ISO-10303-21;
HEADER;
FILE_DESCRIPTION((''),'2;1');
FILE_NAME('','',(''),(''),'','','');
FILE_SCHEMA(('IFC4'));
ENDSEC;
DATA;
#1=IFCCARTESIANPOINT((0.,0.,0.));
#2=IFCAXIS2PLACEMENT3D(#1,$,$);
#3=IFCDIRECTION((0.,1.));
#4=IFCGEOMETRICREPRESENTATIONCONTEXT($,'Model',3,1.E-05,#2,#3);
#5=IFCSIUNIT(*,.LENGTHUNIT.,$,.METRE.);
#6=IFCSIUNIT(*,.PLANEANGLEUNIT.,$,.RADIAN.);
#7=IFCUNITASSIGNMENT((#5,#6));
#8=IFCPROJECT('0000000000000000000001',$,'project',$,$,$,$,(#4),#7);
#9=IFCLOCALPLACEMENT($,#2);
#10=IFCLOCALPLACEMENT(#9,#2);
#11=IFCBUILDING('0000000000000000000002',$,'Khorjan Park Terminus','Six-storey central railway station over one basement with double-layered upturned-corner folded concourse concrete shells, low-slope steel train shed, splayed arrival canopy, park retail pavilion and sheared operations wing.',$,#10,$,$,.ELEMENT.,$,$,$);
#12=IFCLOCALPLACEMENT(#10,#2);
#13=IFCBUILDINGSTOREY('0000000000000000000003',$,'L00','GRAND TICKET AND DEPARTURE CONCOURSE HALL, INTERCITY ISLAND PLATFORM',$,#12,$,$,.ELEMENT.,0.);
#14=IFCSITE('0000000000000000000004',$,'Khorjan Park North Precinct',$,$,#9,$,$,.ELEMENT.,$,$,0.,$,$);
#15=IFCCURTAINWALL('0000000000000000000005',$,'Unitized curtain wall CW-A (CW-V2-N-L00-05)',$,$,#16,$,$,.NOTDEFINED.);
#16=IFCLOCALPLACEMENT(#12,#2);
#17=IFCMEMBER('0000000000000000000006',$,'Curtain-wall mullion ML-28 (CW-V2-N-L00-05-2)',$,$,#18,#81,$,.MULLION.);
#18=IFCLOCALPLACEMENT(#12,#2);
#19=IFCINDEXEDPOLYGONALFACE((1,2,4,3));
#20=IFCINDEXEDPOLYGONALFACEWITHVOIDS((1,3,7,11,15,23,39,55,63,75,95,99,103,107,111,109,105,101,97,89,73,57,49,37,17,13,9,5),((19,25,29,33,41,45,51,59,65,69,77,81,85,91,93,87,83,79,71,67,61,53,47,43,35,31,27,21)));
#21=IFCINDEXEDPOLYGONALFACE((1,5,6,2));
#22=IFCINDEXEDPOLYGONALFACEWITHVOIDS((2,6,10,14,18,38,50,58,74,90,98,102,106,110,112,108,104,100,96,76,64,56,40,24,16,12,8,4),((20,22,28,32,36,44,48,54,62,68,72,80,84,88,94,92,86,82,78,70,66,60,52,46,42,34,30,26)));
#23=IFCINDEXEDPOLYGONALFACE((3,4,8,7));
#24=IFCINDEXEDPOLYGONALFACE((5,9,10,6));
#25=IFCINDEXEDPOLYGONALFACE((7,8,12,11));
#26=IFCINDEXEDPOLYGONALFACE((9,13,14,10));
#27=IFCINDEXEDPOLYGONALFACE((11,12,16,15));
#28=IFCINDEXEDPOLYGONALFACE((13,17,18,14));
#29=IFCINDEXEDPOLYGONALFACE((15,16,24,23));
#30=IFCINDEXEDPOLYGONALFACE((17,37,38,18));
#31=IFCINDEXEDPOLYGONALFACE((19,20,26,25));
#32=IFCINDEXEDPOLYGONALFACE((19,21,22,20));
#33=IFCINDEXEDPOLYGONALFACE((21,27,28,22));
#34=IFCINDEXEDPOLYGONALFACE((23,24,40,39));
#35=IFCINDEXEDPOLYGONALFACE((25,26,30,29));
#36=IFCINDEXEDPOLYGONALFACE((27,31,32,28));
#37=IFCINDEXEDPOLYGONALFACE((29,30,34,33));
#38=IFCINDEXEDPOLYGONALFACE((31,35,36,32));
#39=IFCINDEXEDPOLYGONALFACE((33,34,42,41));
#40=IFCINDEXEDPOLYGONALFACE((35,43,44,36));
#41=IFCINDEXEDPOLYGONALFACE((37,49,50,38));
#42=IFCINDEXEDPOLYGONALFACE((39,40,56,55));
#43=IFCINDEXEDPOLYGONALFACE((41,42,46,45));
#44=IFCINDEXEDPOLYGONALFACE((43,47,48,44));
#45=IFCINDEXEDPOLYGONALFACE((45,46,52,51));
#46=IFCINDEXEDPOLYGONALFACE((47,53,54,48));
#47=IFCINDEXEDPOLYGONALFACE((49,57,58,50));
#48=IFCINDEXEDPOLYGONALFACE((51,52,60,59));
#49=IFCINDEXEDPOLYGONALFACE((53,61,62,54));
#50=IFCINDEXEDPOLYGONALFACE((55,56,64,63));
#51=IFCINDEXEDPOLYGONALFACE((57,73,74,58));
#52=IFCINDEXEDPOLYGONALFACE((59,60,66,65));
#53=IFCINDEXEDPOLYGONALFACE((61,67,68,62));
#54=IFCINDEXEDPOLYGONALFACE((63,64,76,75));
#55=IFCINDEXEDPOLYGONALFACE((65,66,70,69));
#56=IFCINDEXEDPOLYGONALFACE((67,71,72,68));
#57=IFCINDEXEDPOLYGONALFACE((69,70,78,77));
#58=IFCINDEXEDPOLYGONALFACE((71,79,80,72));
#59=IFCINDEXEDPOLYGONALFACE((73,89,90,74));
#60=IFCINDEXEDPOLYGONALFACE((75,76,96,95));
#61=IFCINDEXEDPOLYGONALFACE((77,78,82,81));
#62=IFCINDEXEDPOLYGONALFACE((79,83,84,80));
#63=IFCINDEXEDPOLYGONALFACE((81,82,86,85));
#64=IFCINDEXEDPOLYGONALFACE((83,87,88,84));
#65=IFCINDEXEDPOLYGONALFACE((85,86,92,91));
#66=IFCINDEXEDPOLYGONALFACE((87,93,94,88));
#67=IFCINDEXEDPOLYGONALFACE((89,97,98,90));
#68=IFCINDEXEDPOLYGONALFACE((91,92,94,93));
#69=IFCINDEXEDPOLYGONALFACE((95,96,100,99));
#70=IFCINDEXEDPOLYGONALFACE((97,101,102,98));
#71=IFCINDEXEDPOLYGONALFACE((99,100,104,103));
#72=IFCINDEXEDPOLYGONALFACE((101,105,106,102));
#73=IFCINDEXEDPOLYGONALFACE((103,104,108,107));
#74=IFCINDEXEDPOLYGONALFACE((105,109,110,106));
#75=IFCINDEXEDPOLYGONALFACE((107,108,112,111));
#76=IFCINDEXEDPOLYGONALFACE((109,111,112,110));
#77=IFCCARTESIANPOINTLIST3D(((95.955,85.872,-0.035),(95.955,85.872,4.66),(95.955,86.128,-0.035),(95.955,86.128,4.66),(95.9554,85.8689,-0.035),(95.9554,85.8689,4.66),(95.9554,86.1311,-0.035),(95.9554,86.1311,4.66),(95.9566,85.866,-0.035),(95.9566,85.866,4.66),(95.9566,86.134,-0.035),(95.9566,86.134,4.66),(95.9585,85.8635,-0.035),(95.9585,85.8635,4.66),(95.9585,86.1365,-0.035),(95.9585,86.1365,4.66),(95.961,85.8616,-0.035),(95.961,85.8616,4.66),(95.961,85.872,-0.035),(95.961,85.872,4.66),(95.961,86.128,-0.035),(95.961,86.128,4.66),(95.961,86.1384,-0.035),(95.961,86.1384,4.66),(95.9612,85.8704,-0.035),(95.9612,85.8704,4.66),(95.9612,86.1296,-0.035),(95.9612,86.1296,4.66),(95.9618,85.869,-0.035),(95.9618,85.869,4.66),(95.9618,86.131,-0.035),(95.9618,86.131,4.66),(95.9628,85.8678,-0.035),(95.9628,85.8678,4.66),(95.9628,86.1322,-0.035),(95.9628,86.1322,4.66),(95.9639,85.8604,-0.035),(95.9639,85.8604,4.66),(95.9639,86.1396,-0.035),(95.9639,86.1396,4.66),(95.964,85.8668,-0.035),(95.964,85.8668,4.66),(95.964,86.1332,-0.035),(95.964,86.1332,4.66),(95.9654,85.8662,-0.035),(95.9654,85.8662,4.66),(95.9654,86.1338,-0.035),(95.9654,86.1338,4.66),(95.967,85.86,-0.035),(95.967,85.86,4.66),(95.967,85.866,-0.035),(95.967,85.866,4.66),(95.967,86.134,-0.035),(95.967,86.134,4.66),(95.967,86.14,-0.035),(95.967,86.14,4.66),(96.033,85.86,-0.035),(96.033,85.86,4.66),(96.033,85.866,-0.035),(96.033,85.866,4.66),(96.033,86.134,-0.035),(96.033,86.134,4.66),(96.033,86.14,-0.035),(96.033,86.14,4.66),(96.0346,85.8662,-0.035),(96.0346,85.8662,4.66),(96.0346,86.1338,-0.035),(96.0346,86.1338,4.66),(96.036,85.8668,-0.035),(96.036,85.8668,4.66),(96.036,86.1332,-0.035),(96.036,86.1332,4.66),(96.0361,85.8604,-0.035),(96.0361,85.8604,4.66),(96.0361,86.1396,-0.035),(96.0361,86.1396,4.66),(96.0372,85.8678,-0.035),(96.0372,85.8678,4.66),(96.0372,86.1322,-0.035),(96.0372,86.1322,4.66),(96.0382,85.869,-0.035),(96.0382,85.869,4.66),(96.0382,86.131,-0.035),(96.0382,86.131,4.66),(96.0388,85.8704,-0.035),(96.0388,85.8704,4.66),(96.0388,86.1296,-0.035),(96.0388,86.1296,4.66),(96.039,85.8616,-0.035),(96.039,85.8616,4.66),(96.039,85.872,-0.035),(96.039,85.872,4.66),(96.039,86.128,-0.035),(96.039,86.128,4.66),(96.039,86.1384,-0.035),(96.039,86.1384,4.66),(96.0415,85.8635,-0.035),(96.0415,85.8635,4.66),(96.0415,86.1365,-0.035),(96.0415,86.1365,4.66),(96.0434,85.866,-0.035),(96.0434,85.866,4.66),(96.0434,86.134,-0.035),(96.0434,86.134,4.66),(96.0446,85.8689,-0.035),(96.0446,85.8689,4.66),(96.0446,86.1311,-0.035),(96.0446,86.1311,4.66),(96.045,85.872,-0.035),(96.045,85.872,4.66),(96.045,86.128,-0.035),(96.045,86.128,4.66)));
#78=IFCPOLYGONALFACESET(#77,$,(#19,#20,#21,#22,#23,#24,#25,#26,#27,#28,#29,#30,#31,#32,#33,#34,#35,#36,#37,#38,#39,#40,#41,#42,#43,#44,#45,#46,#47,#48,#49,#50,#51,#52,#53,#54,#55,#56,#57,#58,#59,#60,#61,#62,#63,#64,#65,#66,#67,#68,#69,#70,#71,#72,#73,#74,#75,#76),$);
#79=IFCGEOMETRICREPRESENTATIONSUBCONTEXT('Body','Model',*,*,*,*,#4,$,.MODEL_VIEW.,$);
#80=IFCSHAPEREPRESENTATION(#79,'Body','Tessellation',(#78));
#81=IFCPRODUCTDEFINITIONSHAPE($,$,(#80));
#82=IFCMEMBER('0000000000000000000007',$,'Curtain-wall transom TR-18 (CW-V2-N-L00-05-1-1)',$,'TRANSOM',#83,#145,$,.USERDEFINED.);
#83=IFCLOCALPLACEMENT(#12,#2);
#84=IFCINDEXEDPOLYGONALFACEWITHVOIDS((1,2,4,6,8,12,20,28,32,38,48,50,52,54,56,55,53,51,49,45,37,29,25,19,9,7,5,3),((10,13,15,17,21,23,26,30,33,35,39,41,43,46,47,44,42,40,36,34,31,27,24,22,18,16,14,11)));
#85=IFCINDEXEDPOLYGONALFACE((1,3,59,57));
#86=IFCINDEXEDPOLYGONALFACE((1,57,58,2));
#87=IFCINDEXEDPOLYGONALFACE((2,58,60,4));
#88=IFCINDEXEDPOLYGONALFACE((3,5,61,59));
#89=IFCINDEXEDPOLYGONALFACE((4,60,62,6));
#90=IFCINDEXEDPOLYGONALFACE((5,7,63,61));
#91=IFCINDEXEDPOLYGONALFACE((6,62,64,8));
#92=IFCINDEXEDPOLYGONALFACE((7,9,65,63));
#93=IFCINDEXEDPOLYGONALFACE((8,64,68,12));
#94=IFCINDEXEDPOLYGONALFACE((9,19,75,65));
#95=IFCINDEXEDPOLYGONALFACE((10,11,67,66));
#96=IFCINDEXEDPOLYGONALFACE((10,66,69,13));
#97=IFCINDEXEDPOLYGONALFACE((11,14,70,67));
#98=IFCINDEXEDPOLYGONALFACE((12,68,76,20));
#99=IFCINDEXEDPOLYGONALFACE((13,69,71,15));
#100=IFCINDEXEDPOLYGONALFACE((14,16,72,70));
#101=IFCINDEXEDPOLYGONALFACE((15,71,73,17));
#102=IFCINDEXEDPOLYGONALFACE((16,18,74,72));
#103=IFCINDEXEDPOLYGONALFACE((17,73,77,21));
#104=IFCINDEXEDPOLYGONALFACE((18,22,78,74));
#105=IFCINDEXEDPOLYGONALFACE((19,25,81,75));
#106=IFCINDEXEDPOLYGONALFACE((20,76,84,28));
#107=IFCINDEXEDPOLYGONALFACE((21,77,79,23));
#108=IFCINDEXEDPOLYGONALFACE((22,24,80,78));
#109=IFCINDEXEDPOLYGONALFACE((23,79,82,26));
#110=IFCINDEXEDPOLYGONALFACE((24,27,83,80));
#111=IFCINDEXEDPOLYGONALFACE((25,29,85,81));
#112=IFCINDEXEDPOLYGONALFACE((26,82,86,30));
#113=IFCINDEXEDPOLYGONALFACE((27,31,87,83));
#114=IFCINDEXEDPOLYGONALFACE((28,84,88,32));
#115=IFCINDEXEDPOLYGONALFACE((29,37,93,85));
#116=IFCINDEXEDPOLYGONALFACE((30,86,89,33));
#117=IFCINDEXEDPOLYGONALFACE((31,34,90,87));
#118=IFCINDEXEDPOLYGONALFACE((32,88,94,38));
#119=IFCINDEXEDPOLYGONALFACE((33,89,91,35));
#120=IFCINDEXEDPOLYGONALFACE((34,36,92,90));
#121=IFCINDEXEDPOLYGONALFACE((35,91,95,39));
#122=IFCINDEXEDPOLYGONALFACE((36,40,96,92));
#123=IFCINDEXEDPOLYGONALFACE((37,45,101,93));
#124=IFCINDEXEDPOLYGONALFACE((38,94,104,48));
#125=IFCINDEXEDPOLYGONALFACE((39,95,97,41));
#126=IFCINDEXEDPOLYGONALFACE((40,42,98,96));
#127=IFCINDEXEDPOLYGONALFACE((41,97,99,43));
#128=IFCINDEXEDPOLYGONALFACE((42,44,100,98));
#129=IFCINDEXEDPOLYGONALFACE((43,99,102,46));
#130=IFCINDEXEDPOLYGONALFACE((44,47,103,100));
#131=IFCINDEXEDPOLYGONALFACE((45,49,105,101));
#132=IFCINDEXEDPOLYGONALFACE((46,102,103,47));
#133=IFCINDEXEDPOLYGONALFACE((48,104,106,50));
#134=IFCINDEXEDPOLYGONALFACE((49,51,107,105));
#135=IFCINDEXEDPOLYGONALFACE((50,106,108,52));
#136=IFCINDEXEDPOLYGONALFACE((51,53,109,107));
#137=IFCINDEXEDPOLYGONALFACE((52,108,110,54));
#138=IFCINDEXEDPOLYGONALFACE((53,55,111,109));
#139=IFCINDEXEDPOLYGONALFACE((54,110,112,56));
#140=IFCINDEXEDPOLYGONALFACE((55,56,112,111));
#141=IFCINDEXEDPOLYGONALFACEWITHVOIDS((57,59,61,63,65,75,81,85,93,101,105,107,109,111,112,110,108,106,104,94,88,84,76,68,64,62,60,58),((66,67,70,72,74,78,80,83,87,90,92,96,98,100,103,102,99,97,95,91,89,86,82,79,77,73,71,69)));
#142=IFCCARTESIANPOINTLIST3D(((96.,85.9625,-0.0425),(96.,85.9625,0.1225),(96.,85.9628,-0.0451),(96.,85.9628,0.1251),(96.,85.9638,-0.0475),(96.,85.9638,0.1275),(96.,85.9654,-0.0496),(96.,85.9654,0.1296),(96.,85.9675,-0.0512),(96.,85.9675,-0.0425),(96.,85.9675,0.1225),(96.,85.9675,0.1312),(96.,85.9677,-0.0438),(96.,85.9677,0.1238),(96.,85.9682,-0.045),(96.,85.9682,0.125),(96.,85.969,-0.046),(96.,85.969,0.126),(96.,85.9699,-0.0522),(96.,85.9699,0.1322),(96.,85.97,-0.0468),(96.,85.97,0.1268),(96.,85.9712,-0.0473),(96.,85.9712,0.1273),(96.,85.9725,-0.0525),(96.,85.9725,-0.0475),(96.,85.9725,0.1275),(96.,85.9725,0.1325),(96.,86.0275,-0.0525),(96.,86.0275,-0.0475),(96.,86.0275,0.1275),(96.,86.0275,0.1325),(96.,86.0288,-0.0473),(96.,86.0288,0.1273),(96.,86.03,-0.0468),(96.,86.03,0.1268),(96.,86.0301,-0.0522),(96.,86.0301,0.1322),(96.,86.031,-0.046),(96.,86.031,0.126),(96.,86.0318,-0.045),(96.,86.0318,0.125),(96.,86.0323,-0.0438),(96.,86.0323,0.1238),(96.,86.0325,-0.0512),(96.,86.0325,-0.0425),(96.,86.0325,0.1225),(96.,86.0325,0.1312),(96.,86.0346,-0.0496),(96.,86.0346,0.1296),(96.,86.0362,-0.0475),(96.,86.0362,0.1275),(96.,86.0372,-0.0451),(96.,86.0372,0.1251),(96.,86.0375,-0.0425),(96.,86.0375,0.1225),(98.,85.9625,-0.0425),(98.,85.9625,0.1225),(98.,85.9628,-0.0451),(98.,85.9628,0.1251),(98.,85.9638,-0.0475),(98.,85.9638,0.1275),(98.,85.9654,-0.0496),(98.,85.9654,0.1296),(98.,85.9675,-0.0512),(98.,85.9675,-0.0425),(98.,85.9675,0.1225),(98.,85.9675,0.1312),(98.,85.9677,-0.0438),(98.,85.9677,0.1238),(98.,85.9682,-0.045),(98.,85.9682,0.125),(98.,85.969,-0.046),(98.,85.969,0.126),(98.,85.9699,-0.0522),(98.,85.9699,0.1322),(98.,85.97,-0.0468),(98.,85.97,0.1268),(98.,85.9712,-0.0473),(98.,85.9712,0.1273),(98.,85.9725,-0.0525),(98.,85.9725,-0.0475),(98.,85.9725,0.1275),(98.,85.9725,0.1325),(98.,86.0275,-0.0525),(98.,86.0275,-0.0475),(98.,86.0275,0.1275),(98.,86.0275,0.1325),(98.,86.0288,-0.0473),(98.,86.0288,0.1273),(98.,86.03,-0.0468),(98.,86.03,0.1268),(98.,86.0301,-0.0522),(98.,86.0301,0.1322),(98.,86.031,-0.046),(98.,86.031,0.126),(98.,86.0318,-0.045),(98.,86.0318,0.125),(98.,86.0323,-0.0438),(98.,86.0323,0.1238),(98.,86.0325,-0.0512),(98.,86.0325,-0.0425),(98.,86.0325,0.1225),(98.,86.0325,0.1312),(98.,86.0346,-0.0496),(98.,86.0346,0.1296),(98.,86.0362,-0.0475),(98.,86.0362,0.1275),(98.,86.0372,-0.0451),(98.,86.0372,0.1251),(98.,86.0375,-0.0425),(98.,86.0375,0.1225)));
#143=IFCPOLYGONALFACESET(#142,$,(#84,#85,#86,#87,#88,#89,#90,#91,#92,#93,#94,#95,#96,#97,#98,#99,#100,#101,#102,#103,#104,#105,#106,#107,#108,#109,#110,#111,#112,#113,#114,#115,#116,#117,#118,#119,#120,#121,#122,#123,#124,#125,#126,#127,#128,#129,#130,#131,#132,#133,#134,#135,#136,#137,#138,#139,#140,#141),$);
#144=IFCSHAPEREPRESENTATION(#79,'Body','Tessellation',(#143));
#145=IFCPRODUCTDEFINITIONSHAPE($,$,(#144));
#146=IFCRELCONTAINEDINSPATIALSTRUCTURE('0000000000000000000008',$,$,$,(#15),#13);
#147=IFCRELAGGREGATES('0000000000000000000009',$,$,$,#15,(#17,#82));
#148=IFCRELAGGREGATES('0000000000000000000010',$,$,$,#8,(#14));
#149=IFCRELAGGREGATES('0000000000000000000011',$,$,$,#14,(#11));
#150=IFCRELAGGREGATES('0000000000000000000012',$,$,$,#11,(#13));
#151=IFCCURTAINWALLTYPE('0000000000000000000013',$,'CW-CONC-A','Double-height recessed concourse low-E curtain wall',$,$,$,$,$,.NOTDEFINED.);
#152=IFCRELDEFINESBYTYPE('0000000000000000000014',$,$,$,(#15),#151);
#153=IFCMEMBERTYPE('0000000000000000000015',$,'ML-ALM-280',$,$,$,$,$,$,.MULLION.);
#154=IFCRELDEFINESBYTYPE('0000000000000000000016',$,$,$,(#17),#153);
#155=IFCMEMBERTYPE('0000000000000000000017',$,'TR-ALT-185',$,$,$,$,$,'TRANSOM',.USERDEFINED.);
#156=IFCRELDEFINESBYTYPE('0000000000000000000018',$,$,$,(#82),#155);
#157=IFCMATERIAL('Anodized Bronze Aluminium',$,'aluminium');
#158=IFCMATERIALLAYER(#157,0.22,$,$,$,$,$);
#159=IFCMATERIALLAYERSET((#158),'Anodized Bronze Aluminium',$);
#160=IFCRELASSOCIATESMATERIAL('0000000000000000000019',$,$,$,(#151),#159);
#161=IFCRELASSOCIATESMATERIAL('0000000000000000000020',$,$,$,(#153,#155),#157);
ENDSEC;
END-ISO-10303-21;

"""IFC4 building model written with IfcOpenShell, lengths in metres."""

from ifc_helpers import new_model, si_unit, direction, frame, origin, origin_2d, place, context, subcontext, project, spatial, hollow_rectangle, extrude, material, layer, layer_set, material_profile, profile_set, type_object, element, aggregate, save


model = new_model("IFC4")

# Units and contexts
model_context = context("Model", 3, precision=1e-05, world=origin(), true_north=direction((0.0, 1.0)))
body_context = subcontext(model_context, "Body", "Model", "MODEL_VIEW")
ifc_project = project(units=[si_unit("LENGTHUNIT", "METRE"), si_unit("PLANEANGLEUNIT", "RADIAN")], contexts=[model_context])

# Site, building, storey
site_placement = place(None, origin())
site = spatial("IfcSite", under=ifc_project, at=site_placement, Name="Khorjan Park North Precinct", CompositionType="ELEMENT", RefElevation=0.0)
building_placement = place(site_placement, origin())
building = spatial("IfcBuilding", under=site, at=building_placement, Name="Khorjan Park Terminus", Description="Six-storey central railway station over one basement with double-layered upturned-corner folded concourse concrete shells, low-slope steel train shed, splayed arrival canopy, park retail pavilion and sheared operations wing.", CompositionType="ELEMENT")
storey_placement = place(building_placement, origin())
storey = spatial("IfcBuildingStorey", under=building, at=storey_placement, Name="L00", Description="GRAND TICKET AND DEPARTURE CONCOURSE HALL, INTERCITY ISLAND PLATFORM", CompositionType="ELEMENT", Elevation=0.0)

# Curtain wall, members
ifc_material_1 = material(Name="Anodized Bronze Aluminium", Category="aluminium")
ifc_layer_1 = layer(ifc_material_1, 0.22)
ifc_layer_set_1 = layer_set([ifc_layer_1], Name="Anodized Bronze Aluminium")
curtain_wall_type = type_object("IfcCurtainWallType", Name="CW-CONC-A", Description="Double-height recessed concourse low-E curtain wall", PredefinedType="NOTDEFINED", material=ifc_layer_set_1)
curtain_wall_placement = place(storey_placement, origin())
curtain_wall = element("IfcCurtainWall", 1, at=curtain_wall_placement, inside=storey, type_object=curtain_wall_type, Name="Unitized curtain wall CW-A (CW-V2-N-L00-05)", PredefinedType="NOTDEFINED")
ifc_material_profile_1 = material_profile(ifc_material_1, hollow_rectangle(XDim=0.09, YDim=0.28, WallThickness=0.006, InnerFilletRadius=0.006, OuterFilletRadius=0.012, at=origin_2d()), Name="ALM 90x280x6")
ifc_profile_set_1 = profile_set([ifc_material_profile_1], Name="Anodized Bronze Aluminium")
member_type_1 = type_object("IfcMemberType", Name="ML-ALM-280", PredefinedType="MULLION", material=ifc_profile_set_1)
member_1_placement = place(storey_placement, frame((96.0, 86.0, -0.035), z_axis=(0.0, 0.0, 1.0), x_axis=(-1.0, 0.0, 0.0)))
member_1 = element("IfcMember", 2, at=member_1_placement, type_object=member_type_1, Name="Curtain-wall mullion ML-28 (CW-V2-N-L00-05-2)", PredefinedType="MULLION", context=body_context, shape_type="SweptSolid", body=[
    extrude(hollow_rectangle(XDim=0.09, YDim=0.28, WallThickness=0.006, InnerFilletRadius=0.006, OuterFilletRadius=0.012, at=origin_2d()), origin(), (0.0, 0.0, 1.0), 4.695),
])
ifc_material_profile_2 = material_profile(ifc_material_1, hollow_rectangle(XDim=0.075, YDim=0.185, WallThickness=0.005, InnerFilletRadius=0.005, OuterFilletRadius=0.01, at=origin_2d()), Name="ALT 75x185x5")
ifc_profile_set_2 = profile_set([ifc_material_profile_2], Name="Anodized Bronze Aluminium")
member_type_2 = type_object("IfcMemberType", Name="TR-ALT-185", ElementType="TRANSOM", PredefinedType="USERDEFINED", material=ifc_profile_set_2)
member_2_placement = place(storey_placement, frame((98.0, 86.0, 0.04), z_axis=(-1.0, 0.0, 0.0), x_axis=(0.0, -1.0, 0.0)))
member_2 = element("IfcMember", 3, at=member_2_placement, type_object=member_type_2, Name="Curtain-wall transom TR-18 (CW-V2-N-L00-05-1-1)", ObjectType="TRANSOM", PredefinedType="USERDEFINED", context=body_context, shape_type="SweptSolid", body=[
    extrude(hollow_rectangle(XDim=0.075, YDim=0.185, WallThickness=0.005, InnerFilletRadius=0.005, OuterFilletRadius=0.01, at=origin_2d()), origin(), (0.0, 0.0, 1.0), 2.0),
])
aggregate(curtain_wall, [member_1, member_2])

save(model, "model.ifc")
